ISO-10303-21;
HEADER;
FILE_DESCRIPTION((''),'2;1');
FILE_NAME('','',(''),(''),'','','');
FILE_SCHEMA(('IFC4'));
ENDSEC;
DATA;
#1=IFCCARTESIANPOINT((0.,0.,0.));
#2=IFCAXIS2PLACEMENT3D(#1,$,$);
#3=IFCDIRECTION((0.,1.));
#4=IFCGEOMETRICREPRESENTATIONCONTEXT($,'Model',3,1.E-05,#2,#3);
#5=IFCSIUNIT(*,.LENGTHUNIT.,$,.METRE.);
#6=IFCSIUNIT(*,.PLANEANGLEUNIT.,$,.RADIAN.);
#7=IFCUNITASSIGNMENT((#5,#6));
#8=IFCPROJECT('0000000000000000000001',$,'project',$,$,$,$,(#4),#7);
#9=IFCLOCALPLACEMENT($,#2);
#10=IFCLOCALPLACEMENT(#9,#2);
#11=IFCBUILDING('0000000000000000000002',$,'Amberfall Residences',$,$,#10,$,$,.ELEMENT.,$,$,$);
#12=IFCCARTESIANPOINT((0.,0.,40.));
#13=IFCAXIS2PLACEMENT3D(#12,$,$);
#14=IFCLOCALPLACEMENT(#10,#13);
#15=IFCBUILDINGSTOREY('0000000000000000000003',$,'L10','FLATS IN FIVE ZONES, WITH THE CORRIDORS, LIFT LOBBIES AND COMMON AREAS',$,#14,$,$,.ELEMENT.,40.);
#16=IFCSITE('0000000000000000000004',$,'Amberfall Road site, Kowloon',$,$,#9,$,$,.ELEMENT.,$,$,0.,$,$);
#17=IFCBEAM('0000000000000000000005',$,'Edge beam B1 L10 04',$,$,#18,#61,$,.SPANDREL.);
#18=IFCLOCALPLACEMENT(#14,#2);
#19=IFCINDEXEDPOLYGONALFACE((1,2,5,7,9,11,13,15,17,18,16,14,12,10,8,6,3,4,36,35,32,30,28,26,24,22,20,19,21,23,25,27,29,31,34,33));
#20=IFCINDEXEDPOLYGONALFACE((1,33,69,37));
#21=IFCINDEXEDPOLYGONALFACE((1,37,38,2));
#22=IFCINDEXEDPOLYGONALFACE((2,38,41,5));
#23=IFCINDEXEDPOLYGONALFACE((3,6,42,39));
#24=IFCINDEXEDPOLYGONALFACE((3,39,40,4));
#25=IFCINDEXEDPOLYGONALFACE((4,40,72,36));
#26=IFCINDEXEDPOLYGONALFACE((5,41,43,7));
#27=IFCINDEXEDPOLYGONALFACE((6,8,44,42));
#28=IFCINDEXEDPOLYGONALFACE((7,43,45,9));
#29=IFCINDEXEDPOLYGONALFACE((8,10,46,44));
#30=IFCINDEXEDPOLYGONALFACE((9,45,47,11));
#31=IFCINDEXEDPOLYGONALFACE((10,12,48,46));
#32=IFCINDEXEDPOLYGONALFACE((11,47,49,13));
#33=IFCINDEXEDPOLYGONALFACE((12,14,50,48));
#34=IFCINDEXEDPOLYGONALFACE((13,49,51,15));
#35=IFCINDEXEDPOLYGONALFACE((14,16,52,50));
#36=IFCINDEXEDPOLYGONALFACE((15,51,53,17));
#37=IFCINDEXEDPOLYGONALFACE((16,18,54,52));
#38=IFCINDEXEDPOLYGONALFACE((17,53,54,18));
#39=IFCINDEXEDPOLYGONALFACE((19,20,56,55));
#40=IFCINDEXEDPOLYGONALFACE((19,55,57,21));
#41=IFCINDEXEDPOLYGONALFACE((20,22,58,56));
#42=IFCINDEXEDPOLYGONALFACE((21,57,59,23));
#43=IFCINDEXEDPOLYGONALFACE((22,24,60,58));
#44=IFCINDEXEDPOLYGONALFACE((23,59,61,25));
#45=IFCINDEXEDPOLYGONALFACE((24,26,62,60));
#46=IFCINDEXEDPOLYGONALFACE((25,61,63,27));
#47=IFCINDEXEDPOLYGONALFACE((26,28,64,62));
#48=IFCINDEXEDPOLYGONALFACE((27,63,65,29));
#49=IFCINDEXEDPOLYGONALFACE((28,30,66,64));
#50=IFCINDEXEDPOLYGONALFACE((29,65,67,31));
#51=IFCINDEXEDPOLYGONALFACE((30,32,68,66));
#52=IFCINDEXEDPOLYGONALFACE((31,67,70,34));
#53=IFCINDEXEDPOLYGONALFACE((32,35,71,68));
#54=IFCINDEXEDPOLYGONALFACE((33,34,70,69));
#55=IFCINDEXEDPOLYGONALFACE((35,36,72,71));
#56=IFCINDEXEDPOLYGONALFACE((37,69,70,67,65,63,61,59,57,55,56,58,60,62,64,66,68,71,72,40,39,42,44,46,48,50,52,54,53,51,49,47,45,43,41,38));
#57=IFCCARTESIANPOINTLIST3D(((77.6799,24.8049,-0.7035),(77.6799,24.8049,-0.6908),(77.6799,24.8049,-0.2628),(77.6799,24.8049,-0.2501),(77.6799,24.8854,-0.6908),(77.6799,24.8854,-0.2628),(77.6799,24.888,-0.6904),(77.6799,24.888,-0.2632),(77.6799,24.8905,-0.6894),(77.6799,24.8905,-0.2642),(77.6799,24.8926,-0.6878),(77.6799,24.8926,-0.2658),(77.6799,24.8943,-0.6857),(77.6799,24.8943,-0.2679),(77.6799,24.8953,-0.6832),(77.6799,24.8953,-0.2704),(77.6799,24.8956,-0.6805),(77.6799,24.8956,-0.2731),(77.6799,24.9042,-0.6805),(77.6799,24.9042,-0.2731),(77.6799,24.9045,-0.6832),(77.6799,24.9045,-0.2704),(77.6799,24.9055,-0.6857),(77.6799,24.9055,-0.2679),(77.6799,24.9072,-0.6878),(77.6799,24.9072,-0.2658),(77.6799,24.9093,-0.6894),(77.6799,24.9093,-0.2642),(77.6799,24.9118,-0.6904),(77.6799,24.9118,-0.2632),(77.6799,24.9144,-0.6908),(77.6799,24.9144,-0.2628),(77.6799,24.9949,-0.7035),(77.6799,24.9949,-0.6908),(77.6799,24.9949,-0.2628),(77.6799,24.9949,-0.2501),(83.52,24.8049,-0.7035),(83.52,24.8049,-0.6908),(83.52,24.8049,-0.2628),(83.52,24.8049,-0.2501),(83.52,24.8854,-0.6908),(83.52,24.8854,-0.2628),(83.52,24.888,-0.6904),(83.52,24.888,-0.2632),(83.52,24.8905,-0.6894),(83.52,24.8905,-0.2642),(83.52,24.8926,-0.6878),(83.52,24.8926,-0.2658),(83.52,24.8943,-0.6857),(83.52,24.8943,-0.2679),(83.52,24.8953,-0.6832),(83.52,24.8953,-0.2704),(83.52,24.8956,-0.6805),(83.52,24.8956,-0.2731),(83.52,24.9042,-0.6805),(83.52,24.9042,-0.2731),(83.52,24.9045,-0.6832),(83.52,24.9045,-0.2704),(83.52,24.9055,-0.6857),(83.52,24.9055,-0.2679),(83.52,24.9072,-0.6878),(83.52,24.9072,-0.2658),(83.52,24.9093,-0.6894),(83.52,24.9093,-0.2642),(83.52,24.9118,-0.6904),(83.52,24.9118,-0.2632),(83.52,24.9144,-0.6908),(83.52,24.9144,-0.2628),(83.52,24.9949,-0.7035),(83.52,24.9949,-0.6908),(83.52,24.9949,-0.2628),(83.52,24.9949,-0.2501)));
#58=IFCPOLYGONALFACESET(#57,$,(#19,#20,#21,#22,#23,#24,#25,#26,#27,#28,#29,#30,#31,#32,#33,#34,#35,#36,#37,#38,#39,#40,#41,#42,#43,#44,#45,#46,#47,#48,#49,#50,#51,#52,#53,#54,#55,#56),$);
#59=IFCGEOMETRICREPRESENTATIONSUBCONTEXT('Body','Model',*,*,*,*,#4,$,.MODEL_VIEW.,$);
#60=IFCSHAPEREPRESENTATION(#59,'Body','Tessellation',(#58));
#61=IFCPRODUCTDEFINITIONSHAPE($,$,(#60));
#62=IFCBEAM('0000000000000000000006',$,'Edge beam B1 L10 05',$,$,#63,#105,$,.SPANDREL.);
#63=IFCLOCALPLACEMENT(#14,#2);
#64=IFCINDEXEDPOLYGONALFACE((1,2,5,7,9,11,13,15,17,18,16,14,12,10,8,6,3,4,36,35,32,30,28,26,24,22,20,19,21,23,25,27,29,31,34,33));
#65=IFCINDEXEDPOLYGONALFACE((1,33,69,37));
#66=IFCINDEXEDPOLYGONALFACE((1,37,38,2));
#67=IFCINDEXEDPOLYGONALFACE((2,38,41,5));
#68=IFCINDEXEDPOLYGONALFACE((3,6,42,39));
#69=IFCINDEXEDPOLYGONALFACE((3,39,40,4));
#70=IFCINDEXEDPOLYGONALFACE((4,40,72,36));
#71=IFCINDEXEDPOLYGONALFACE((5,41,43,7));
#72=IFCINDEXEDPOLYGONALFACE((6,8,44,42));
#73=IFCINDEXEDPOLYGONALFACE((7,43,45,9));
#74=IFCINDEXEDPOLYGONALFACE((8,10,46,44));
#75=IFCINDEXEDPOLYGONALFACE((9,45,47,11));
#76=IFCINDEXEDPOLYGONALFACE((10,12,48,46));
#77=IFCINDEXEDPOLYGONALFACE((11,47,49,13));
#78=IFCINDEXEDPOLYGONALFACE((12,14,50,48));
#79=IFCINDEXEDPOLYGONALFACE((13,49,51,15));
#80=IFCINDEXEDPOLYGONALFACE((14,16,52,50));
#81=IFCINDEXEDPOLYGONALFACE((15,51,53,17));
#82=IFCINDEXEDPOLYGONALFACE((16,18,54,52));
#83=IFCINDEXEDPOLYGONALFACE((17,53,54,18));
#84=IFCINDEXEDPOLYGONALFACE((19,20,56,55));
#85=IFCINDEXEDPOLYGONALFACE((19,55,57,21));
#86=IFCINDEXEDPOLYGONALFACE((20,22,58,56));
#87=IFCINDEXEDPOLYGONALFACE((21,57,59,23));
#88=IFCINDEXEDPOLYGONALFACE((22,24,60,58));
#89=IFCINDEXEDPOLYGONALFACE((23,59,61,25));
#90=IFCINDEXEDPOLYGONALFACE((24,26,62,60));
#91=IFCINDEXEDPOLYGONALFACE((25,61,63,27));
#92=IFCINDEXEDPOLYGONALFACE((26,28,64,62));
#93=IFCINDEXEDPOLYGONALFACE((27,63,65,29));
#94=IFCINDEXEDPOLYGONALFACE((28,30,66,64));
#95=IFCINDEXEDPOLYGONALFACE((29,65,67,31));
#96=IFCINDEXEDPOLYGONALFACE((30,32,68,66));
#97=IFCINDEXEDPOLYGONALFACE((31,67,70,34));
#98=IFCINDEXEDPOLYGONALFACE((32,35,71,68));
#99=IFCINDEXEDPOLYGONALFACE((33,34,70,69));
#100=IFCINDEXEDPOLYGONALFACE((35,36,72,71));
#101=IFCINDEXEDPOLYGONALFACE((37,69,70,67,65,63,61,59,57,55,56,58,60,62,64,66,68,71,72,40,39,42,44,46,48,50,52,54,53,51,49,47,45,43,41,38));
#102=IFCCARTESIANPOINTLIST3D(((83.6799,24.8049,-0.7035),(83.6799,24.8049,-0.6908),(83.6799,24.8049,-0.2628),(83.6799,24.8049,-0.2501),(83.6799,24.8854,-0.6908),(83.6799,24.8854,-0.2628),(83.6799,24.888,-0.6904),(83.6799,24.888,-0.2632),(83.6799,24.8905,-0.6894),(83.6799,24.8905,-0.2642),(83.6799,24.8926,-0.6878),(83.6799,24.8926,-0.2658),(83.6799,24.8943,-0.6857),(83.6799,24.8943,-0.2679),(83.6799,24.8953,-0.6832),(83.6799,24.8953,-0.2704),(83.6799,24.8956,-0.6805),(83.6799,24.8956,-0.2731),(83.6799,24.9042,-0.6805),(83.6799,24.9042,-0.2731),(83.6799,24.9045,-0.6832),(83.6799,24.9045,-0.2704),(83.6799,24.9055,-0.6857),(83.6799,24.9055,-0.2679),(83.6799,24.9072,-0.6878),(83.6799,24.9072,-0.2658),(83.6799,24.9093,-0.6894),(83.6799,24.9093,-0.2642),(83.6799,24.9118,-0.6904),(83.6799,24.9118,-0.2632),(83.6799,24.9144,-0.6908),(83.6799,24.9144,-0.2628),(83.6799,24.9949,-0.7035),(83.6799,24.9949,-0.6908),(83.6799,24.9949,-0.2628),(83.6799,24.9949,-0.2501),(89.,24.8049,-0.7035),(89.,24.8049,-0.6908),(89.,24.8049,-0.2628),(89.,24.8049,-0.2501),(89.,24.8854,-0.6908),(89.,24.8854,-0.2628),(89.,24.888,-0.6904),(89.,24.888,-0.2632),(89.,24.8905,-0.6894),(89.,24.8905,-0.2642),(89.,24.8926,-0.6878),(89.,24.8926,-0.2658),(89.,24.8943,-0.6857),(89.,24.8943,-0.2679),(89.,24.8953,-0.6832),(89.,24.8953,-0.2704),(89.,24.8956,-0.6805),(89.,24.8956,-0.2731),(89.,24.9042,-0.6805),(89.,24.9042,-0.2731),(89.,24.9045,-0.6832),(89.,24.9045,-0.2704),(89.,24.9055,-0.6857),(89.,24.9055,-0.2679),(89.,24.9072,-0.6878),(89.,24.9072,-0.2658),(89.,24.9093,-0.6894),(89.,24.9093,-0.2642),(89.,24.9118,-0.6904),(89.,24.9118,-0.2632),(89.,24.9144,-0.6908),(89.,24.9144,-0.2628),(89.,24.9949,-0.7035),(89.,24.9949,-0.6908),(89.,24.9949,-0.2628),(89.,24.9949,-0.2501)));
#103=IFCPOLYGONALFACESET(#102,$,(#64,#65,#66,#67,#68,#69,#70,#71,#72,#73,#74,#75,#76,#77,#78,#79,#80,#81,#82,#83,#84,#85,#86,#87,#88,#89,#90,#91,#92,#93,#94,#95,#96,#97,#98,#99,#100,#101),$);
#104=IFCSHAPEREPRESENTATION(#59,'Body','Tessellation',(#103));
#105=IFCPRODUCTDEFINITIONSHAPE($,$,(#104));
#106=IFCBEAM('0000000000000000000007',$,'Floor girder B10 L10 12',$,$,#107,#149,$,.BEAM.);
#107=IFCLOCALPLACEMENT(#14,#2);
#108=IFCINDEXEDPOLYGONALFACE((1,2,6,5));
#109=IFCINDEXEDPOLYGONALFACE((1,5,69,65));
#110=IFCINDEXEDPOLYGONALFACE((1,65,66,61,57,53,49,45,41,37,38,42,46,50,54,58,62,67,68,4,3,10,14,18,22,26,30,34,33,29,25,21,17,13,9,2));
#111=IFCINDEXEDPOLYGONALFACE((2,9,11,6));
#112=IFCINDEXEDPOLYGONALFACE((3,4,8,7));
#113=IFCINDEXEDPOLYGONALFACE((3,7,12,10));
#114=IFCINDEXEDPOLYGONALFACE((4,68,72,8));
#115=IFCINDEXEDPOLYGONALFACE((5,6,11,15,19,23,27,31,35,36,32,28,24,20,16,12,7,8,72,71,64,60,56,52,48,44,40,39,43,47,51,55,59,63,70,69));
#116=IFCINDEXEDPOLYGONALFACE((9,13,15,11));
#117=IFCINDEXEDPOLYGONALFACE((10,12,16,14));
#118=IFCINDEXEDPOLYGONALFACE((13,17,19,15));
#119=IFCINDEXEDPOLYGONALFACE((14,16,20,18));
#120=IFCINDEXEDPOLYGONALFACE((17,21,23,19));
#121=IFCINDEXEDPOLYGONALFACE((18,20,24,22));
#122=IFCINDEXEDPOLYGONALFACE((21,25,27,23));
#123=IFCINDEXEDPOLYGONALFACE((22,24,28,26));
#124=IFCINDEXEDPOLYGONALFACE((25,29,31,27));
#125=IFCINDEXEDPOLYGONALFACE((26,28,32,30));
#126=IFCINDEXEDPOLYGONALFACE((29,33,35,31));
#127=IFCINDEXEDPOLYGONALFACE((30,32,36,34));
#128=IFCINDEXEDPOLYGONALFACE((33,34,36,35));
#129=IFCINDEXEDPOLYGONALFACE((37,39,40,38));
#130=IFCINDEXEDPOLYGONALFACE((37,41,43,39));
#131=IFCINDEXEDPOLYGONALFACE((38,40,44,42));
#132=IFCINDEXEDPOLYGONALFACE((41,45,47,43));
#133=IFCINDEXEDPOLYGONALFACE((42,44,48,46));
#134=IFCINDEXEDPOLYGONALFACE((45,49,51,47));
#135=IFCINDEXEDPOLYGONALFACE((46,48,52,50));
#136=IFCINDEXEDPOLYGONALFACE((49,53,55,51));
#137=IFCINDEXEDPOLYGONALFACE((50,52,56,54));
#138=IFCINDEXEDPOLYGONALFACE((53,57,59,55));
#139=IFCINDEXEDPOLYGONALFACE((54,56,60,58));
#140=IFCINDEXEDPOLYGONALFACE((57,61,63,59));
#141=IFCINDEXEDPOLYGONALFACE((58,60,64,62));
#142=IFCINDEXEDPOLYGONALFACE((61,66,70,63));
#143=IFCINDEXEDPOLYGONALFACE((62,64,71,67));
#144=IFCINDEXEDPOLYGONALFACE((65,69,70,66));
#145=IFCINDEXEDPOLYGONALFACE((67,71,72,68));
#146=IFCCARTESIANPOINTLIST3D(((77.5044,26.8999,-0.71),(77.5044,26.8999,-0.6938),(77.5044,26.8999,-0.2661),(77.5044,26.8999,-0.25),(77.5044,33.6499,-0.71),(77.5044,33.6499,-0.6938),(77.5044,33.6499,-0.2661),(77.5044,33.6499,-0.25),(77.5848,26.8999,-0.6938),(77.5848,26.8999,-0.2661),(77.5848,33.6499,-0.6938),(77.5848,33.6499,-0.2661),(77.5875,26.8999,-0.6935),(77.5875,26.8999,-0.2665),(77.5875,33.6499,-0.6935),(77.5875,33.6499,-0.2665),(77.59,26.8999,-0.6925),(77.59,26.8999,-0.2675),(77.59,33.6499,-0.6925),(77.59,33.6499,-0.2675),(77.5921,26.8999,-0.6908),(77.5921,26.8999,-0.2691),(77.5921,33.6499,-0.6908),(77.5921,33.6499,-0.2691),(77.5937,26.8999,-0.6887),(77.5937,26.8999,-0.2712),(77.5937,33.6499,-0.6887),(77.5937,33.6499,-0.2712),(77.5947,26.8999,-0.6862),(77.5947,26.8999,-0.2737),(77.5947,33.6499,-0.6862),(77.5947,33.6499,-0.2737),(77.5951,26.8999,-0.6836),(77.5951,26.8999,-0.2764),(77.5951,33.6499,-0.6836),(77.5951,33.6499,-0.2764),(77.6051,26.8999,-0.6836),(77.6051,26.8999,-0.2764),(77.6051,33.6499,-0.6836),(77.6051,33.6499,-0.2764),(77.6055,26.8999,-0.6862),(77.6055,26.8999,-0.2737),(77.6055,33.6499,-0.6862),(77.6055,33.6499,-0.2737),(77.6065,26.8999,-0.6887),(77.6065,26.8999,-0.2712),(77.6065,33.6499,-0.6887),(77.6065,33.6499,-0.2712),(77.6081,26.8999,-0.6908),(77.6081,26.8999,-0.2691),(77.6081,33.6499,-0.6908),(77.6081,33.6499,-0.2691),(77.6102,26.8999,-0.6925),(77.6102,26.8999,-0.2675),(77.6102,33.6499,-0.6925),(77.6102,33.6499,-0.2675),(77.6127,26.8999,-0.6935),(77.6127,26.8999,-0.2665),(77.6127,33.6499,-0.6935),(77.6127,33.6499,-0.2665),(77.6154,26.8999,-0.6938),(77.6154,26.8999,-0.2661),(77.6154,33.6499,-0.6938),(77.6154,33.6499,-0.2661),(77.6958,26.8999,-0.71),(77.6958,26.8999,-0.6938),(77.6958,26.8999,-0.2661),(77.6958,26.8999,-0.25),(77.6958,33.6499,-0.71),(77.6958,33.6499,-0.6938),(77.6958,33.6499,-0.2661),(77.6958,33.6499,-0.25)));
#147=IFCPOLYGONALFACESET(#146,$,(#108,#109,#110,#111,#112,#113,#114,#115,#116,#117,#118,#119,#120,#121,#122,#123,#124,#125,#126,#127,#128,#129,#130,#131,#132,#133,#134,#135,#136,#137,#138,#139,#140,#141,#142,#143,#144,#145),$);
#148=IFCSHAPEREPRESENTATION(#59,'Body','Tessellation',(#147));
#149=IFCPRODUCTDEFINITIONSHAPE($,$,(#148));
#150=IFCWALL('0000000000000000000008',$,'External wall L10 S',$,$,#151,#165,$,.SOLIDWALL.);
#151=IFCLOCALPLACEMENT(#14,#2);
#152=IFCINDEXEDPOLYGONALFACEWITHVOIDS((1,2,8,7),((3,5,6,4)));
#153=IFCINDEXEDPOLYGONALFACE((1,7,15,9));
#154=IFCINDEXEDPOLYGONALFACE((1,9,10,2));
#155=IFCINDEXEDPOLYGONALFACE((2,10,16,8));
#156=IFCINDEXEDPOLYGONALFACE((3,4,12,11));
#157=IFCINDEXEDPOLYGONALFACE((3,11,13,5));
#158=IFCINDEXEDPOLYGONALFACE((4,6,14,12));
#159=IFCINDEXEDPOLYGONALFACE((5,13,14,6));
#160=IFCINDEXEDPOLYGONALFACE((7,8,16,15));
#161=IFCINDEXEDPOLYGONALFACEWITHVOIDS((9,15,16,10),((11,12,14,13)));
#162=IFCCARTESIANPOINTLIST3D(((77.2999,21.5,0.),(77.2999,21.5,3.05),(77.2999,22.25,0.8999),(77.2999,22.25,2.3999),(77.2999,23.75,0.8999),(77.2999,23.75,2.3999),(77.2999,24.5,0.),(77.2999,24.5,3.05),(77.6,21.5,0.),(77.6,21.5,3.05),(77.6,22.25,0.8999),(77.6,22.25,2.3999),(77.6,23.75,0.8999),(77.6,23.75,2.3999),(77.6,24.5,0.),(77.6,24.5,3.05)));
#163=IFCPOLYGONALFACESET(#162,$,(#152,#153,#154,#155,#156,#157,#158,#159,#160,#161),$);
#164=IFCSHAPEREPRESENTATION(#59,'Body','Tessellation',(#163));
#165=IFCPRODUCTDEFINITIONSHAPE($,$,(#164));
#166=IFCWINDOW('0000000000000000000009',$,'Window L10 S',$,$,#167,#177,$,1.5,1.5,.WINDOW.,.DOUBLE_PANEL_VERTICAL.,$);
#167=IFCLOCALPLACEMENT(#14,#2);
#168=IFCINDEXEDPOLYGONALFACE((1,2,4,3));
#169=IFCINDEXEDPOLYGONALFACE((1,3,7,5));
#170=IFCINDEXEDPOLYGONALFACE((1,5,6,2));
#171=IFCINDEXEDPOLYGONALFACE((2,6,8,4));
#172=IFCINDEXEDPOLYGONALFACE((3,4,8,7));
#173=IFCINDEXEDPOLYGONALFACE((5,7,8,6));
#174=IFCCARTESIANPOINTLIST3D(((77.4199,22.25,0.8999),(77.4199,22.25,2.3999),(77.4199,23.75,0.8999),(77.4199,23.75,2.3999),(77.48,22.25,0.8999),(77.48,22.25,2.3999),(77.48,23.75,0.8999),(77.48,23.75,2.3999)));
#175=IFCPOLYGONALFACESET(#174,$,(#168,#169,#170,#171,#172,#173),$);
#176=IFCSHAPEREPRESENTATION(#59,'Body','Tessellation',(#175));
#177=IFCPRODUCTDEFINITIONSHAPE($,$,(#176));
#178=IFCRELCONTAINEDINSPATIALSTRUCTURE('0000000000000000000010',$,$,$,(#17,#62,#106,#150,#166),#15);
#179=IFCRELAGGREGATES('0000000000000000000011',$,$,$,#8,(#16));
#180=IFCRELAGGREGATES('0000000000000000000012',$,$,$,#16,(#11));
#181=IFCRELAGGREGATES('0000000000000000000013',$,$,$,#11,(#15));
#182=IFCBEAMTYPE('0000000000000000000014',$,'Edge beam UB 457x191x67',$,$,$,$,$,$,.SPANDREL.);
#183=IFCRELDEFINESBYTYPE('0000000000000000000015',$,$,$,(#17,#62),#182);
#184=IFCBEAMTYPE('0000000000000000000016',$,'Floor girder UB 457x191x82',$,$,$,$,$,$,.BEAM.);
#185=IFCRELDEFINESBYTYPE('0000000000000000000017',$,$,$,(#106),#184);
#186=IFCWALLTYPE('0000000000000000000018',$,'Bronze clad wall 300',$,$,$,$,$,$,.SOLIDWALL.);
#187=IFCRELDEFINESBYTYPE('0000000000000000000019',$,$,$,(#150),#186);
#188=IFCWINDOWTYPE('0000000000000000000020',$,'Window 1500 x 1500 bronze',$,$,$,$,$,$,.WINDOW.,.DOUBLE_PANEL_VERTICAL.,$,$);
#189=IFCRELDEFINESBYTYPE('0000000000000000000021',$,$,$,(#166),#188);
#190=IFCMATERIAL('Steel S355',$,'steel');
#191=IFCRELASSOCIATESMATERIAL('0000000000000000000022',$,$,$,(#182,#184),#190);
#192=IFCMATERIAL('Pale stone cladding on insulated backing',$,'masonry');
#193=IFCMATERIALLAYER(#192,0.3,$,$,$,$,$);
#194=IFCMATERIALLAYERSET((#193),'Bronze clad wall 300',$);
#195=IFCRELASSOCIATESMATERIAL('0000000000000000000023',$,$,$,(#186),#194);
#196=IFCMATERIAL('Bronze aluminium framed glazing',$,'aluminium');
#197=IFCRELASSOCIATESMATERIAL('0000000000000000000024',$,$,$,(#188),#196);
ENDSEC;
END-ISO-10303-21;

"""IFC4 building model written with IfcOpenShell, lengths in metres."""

from ifc_helpers import new_model, si_unit, direction, frame, frame_2d, origin, origin_2d, place, context, subcontext, project, spatial, rectangle, i_section, extrude, material, layer, layer_set, material_profile, profile_set, type_object, element, fill, save


model = new_model("IFC4")

# Units and contexts
model_context = context("Model", 3, precision=1e-05, world=origin(), true_north=direction((0.0, 1.0)))
body_context = subcontext(model_context, "Body", "Model", "MODEL_VIEW")
ifc_project = project(units=[si_unit("LENGTHUNIT", "METRE"), si_unit("PLANEANGLEUNIT", "RADIAN")], contexts=[model_context])

# Site, building, storey
site_placement = place(None, origin())
site = spatial("IfcSite", under=ifc_project, at=site_placement, Name="Amberfall Road site, Kowloon", CompositionType="ELEMENT", RefElevation=0.0)
building_placement = place(site_placement, origin())
building = spatial("IfcBuilding", under=site, at=building_placement, Name="Amberfall Residences", CompositionType="ELEMENT")
storey_placement = place(building_placement, frame((0.0, 0.0, 40.0)))
storey = spatial("IfcBuildingStorey", under=building, at=storey_placement, Name="L10", Description="FLATS IN FIVE ZONES, WITH THE CORRIDORS, LIFT LOBBIES AND COMMON AREAS", CompositionType="ELEMENT", Elevation=40.0)

# Beams
ifc_material_1 = material(Name="Steel S355", Category="steel")
ifc_material_profile_1 = material_profile(ifc_material_1, i_section(OverallWidth=0.1899, OverallDepth=0.4534, WebThickness=0.0085, FlangeThickness=0.0127, FilletRadius=0.0103, at=origin_2d()), Name="UB 457x191x67")
ifc_profile_set_1 = profile_set([ifc_material_profile_1], Name="Steel S355")
beam_type_1 = type_object("IfcBeamType", Name="Edge beam UB 457x191x67", PredefinedType="SPANDREL", material=ifc_profile_set_1)
beam_1_placement = place(storey_placement, frame((77.6799, 24.8999, -0.4768), z_axis=(1.0, 0.0, 0.0), x_axis=(0.0, 1.0, 0.0)))
element("IfcBeam", 1, at=beam_1_placement, inside=storey, type_object=beam_type_1, Name="Edge beam B1 L10 04", PredefinedType="SPANDREL", context=body_context, shape_type="SweptSolid", body=[
    extrude(i_section(OverallWidth=0.1899, OverallDepth=0.4534, WebThickness=0.0085, FlangeThickness=0.0127, FilletRadius=0.0103, at=origin_2d()), origin(), (0.0, 0.0, 1.0), 5.8401),
])
beam_2_placement = place(storey_placement, frame((83.6799, 24.8999, -0.4768), z_axis=(1.0, 0.0, 0.0), x_axis=(0.0, 1.0, 0.0)))
element("IfcBeam", 2, at=beam_2_placement, inside=storey, type_object=beam_type_1, Name="Edge beam B1 L10 05", PredefinedType="SPANDREL", context=body_context, shape_type="SweptSolid", body=[
    extrude(i_section(OverallWidth=0.1899, OverallDepth=0.4534, WebThickness=0.0085, FlangeThickness=0.0127, FilletRadius=0.0103, at=origin_2d()), origin(), (0.0, 0.0, 1.0), 5.3201),
])
ifc_material_profile_2 = material_profile(ifc_material_1, i_section(OverallWidth=0.1914, OverallDepth=0.46, WebThickness=0.01, FlangeThickness=0.0161, FilletRadius=0.0103, at=origin_2d()), Name="UB 457x191x82")
ifc_profile_set_2 = profile_set([ifc_material_profile_2], Name="Steel S355")
beam_type_2 = type_object("IfcBeamType", Name="Floor girder UB 457x191x82", PredefinedType="BEAM", material=ifc_profile_set_2)
beam_3_placement = place(storey_placement, frame((77.6001, 26.8999, -0.48), z_axis=(0.0, 1.0, 0.0), x_axis=(-1.0, 0.0, 0.0)))
element("IfcBeam", 3, at=beam_3_placement, inside=storey, type_object=beam_type_2, Name="Floor girder B10 L10 12", PredefinedType="BEAM", context=body_context, shape_type="SweptSolid", body=[
    extrude(i_section(OverallWidth=0.1914, OverallDepth=0.46, WebThickness=0.01, FlangeThickness=0.0161, FilletRadius=0.0103, at=origin_2d()), origin(), (0.0, 0.0, 1.0), 6.75),
])

# Wall, opening, window
ifc_material_2 = material(Name="Pale stone cladding on insulated backing", Category="masonry")
ifc_layer_1 = layer(ifc_material_2, 0.3)
ifc_layer_set_1 = layer_set([ifc_layer_1], Name="Bronze clad wall 300")
wall_type_1 = type_object("IfcWallType", Name="Bronze clad wall 300", PredefinedType="SOLIDWALL", material=ifc_layer_set_1)
wall_1_placement = place(storey_placement, frame((77.45, 21.5, 0.0), z_axis=(0.0, 0.0, 1.0), x_axis=(0.0, 1.0, 0.0)))
wall_1 = element("IfcWall", 4, at=wall_1_placement, inside=storey, type_object=wall_type_1, Name="External wall L10 S", PredefinedType="SOLIDWALL", context=body_context, shape_type="SweptSolid", body=[
    extrude(rectangle(XDim=3.0, YDim=0.3, at=frame_2d((1.5, 0.0))), origin(), (0.0, 0.0, 1.0), 3.05),
])
opening_1_placement = place(wall_1_placement, frame((0.75, 0.0, 0.8999)))
opening_1 = element("IfcOpeningElement", 5, at=opening_1_placement, cuts=wall_1, PredefinedType="OPENING", context=body_context, shape_type="SweptSolid", body=[
    extrude(rectangle(XDim=1.5, YDim=1.5, at=frame_2d((0.75, 0.75))), frame((0.0, 0.1599, 0.0), z_axis=(0.0, -1.0, 0.0), x_axis=(1.0, 0.0, 0.0)), (0.0, 0.0, 1.0), 0.3201),
])
ifc_material_3 = material(Name="Bronze aluminium framed glazing", Category="aluminium")
window_type_1 = type_object("IfcWindowType", Name="Window 1500 x 1500 bronze", PartitioningType="DOUBLE_PANEL_VERTICAL", PredefinedType="WINDOW", material=ifc_material_3)
window_1_placement = place(opening_1_placement, origin())
window_1 = element("IfcWindow", 6, at=window_1_placement, inside=storey, type_object=window_type_1, Name="Window L10 S", OverallHeight=1.5, OverallWidth=1.5, PartitioningType="DOUBLE_PANEL_VERTICAL", PredefinedType="WINDOW", context=body_context, shape_type="SweptSolid", body=[
    extrude(rectangle(XDim=1.5, YDim=1.5, at=frame_2d((0.75, 0.75))), frame((0.0, 0.03, 0.0), z_axis=(0.0, -1.0, 0.0), x_axis=(1.0, 0.0, 0.0)), (0.0, 0.0, 1.0), 0.0601),
])
fill(opening_1, window_1)

save(model, "model.ifc")
